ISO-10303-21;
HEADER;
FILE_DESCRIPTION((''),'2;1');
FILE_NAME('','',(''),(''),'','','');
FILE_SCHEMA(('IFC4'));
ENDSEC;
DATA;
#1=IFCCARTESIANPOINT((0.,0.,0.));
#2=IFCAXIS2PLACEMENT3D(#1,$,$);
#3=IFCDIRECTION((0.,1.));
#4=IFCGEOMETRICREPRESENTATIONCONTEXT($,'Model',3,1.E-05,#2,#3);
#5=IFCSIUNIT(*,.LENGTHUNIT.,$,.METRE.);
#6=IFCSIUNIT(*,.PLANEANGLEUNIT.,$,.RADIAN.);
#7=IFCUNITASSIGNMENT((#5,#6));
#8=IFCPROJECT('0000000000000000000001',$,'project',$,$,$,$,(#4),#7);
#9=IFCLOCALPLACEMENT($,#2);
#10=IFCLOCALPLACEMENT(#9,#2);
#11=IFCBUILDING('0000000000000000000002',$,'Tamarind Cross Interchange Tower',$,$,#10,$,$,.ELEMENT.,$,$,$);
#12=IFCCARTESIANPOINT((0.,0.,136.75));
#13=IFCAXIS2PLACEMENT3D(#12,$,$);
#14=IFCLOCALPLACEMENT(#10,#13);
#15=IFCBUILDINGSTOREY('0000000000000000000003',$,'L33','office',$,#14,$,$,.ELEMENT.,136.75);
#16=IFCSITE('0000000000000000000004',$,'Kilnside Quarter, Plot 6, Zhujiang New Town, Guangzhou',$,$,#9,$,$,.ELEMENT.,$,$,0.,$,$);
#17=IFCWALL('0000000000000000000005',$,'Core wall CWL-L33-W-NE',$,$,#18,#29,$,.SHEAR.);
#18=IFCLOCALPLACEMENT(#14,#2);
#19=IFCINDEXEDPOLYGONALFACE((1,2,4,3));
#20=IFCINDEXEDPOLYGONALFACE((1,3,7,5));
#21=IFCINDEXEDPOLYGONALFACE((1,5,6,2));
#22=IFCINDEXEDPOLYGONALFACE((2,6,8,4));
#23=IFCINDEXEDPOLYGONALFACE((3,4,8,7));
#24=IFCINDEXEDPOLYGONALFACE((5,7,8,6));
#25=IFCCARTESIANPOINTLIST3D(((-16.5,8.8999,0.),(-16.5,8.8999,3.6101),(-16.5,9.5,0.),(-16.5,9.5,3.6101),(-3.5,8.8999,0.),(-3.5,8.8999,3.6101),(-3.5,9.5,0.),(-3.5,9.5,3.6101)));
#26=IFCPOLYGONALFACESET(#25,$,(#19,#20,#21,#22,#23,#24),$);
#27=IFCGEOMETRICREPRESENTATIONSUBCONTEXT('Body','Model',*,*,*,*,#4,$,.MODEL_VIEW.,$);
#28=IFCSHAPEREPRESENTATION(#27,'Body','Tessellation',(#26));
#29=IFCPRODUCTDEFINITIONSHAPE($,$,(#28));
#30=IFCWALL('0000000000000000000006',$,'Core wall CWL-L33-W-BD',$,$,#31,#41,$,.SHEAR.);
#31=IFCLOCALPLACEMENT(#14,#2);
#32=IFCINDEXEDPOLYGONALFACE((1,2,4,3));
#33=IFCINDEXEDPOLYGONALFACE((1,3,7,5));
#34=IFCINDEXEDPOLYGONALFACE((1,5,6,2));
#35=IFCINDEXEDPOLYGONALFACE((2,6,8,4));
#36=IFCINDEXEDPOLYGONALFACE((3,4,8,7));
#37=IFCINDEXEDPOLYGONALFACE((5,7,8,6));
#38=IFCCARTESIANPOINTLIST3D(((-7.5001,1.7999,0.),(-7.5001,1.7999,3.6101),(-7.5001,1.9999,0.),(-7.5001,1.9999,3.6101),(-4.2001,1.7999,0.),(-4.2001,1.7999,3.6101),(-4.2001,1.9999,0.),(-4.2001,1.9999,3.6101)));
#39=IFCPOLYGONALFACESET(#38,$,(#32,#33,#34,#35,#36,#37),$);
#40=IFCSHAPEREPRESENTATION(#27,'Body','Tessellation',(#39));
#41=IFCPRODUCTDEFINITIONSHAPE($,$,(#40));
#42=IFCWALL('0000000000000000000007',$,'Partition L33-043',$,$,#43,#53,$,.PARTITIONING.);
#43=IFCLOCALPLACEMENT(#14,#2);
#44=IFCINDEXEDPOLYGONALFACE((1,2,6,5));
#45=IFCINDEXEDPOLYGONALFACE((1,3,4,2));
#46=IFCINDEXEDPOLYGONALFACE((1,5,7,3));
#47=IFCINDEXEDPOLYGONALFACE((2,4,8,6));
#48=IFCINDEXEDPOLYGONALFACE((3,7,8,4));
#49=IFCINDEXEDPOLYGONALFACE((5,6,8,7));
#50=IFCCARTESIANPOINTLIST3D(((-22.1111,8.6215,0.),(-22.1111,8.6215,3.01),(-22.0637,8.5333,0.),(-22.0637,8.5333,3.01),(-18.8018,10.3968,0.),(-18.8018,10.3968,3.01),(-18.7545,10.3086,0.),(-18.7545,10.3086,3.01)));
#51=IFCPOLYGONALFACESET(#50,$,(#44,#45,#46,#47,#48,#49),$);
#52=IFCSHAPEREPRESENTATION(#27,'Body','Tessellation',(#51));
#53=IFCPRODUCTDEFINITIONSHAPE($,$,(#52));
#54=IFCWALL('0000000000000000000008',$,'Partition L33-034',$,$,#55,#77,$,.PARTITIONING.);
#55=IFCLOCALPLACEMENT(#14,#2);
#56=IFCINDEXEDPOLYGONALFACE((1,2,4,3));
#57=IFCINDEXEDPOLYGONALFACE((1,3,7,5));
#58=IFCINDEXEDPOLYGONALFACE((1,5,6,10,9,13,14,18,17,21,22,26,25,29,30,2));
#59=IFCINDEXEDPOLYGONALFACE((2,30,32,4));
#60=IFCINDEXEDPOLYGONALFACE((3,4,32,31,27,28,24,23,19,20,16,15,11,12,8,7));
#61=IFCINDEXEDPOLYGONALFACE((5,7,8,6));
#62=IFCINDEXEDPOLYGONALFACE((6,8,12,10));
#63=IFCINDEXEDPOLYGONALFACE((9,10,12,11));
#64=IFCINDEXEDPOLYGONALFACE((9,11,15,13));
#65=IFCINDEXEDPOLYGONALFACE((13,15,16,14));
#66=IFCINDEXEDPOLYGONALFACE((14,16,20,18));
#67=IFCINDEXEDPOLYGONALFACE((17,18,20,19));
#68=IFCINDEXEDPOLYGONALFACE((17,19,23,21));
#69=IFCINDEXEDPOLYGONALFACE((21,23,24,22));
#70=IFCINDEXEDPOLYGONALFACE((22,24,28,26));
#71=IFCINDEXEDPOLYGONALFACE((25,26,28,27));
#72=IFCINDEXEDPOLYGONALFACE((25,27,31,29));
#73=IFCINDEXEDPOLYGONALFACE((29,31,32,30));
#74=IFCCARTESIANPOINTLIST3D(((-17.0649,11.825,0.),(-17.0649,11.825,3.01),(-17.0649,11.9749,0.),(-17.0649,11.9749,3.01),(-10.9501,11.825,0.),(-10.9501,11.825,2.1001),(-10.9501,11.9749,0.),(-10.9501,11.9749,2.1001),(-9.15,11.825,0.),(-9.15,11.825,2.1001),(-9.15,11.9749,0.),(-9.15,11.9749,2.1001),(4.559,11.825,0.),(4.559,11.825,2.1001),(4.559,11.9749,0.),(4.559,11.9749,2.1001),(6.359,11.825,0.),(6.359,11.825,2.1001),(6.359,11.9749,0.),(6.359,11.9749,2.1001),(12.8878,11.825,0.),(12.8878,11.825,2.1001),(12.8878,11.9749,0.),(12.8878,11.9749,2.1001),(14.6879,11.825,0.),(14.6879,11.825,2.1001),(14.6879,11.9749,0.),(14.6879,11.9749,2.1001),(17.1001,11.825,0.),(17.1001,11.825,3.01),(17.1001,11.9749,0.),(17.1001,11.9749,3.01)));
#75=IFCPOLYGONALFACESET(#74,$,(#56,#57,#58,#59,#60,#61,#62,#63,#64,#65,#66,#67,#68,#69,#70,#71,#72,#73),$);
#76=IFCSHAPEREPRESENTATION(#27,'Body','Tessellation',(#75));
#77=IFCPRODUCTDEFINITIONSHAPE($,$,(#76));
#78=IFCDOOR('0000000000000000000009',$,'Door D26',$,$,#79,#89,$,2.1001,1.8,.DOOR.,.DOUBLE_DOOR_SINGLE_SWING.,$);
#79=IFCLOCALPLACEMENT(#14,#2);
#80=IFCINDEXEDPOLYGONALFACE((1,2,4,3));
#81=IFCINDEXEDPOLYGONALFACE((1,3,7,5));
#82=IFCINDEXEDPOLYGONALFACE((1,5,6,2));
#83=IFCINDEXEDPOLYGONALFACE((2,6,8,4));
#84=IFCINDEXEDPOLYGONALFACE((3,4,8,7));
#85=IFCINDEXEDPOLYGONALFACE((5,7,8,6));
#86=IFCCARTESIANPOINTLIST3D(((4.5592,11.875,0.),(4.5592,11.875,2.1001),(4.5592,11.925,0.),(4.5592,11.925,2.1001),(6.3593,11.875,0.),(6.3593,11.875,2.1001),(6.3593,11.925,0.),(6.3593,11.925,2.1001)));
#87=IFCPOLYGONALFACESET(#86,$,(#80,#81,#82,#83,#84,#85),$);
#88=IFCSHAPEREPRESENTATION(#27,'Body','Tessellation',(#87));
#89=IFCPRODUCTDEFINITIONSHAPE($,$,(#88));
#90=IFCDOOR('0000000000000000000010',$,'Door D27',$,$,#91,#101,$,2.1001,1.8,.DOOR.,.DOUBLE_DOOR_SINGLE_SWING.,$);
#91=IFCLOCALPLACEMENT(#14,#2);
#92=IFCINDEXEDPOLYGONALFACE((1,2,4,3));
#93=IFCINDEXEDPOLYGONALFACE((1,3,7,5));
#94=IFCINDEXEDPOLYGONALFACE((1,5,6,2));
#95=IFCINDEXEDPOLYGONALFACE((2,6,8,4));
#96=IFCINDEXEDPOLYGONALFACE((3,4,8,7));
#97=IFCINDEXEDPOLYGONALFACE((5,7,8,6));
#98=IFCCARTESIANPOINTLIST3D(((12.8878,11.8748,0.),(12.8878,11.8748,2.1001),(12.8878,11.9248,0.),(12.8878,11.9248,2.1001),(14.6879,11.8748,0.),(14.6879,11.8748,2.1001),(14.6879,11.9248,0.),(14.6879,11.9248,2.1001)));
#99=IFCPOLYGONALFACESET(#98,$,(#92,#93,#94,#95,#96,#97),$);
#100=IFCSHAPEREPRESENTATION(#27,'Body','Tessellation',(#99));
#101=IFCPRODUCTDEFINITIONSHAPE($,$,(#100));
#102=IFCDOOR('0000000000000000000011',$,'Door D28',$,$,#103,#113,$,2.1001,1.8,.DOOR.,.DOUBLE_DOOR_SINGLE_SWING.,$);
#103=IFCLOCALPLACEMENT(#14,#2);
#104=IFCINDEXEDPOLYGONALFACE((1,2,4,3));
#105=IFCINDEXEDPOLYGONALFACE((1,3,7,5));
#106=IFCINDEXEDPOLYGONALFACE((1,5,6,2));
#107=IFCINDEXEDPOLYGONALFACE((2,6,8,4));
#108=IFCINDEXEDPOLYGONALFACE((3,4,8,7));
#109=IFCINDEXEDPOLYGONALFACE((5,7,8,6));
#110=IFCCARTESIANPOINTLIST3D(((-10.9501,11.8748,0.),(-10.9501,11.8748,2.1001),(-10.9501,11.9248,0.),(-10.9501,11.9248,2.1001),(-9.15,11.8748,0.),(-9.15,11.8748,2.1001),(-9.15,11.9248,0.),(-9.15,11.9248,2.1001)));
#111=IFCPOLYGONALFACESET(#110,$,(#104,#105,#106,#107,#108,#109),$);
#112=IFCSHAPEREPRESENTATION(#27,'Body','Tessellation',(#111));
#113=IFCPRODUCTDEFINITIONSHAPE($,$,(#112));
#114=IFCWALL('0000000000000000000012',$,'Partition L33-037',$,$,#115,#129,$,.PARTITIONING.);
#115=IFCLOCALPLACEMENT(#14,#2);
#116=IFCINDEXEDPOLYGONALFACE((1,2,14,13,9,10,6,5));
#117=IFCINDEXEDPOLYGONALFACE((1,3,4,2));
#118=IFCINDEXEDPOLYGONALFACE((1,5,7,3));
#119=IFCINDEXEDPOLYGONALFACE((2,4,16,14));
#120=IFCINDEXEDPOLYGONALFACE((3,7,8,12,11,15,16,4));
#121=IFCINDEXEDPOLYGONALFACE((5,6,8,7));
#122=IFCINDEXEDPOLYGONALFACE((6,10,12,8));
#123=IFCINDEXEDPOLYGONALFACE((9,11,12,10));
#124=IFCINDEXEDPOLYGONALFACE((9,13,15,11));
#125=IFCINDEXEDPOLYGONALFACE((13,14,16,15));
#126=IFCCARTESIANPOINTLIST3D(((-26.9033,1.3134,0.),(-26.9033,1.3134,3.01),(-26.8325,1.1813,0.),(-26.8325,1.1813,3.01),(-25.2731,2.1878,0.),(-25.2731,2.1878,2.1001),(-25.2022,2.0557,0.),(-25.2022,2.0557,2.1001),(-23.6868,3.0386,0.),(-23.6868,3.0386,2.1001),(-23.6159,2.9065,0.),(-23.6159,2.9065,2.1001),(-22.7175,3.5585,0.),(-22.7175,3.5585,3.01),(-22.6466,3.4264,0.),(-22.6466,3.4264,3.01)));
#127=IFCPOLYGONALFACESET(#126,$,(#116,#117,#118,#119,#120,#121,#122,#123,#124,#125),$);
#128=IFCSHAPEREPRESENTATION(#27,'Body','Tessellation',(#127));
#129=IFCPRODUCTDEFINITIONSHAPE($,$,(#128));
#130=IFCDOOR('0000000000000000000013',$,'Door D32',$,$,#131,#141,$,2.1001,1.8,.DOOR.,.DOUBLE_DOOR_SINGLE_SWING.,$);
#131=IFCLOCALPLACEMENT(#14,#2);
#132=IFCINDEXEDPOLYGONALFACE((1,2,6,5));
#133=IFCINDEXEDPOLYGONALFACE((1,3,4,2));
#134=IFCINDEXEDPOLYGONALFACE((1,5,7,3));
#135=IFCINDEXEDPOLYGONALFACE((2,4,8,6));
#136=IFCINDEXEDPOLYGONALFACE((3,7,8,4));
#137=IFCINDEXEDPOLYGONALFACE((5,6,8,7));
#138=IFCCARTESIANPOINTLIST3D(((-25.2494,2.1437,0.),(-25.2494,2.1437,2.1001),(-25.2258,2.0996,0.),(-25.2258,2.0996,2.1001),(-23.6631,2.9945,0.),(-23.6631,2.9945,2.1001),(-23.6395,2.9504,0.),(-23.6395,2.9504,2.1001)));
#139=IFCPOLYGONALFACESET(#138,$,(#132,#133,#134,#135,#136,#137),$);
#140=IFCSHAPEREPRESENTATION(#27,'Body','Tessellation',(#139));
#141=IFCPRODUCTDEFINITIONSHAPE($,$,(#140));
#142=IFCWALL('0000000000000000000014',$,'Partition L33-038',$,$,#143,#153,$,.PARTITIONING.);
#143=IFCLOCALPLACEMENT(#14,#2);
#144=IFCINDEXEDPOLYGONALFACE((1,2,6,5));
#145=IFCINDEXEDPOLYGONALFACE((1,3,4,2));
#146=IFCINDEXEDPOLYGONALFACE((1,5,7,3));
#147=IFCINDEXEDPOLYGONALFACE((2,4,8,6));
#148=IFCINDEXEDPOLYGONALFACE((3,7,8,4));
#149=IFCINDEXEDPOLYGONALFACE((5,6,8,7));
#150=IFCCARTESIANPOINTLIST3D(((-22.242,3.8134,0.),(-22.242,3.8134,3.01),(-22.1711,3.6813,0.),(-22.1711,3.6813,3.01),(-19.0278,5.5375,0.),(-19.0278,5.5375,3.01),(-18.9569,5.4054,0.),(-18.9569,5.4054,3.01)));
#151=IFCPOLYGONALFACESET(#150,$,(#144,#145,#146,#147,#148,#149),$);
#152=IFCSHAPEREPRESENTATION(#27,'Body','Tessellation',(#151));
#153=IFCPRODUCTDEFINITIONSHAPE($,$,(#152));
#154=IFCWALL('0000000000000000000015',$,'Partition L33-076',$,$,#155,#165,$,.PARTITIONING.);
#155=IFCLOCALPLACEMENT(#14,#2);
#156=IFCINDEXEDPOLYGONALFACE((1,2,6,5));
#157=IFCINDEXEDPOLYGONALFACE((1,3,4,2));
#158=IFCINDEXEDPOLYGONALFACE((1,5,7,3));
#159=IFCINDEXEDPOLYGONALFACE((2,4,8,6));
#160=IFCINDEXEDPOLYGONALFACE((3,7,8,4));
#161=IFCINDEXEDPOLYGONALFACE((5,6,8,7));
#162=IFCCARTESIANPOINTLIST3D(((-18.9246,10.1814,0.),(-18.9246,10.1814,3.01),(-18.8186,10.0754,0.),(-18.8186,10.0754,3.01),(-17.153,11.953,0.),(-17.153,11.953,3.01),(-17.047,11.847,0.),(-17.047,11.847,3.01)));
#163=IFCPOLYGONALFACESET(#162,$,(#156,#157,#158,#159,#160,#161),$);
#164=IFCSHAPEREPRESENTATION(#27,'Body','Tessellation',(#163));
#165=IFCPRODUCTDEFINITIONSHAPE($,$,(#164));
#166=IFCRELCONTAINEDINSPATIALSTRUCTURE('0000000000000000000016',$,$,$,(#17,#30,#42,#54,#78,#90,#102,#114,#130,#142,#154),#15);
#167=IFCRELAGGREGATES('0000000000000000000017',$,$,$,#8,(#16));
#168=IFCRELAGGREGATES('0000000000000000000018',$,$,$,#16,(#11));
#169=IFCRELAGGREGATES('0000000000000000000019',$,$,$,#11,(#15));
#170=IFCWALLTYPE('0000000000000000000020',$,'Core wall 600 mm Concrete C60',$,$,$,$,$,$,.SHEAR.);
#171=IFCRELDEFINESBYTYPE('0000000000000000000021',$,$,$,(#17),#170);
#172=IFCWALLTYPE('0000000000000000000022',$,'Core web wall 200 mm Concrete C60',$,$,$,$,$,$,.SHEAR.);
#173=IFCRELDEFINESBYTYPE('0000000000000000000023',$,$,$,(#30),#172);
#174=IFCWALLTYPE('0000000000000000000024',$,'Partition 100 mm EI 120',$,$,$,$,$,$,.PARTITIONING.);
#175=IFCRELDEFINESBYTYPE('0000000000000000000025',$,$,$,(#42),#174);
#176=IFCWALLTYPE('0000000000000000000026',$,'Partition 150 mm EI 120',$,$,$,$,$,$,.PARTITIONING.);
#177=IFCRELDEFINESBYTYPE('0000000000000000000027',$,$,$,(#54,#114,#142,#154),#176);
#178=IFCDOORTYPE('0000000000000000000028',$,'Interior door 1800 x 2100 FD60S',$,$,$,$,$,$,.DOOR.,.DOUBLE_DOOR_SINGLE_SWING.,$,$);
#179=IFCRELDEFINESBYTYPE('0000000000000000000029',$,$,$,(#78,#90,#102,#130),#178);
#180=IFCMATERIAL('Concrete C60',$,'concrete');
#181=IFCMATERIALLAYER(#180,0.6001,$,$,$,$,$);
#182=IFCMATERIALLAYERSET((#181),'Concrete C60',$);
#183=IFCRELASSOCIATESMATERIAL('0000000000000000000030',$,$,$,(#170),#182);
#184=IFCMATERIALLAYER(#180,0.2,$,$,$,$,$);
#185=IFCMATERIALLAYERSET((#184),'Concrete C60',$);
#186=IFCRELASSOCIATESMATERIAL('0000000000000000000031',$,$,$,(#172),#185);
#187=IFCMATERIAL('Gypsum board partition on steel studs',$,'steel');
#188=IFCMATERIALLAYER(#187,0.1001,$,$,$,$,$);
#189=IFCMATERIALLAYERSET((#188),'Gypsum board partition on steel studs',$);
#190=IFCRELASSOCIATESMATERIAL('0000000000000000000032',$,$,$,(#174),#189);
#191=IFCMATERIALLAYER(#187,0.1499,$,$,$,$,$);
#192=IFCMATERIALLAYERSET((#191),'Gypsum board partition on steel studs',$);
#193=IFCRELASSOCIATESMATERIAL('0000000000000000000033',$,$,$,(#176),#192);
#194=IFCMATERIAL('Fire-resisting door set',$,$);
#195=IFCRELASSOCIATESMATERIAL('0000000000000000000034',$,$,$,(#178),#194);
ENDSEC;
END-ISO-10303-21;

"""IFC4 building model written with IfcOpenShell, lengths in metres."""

from ifc_helpers import new_model, si_unit, direction, frame, frame_2d, origin, place, context, subcontext, project, spatial, rectangle, extrude, material, layer, layer_set, type_object, element, fill, save


model = new_model("IFC4")

# Units and contexts
model_context = context("Model", 3, precision=1e-05, world=origin(), true_north=direction((0.0, 1.0)))
body_context = subcontext(model_context, "Body", "Model", "MODEL_VIEW")
ifc_project = project(units=[si_unit("LENGTHUNIT", "METRE"), si_unit("PLANEANGLEUNIT", "RADIAN")], contexts=[model_context])

# Site, building, storey
site_placement = place(None, origin())
site = spatial("IfcSite", under=ifc_project, at=site_placement, Name="Kilnside Quarter, Plot 6, Zhujiang New Town, Guangzhou", CompositionType="ELEMENT", RefElevation=0.0)
building_placement = place(site_placement, origin())
building = spatial("IfcBuilding", under=site, at=building_placement, Name="Tamarind Cross Interchange Tower", CompositionType="ELEMENT")
storey_placement = place(building_placement, frame((0.0, 0.0, 136.75)))
storey = spatial("IfcBuildingStorey", under=building, at=storey_placement, Name="L33", Description="office", CompositionType="ELEMENT", Elevation=136.75)

# Shared definitions
ifc_material_1 = material(Name="Concrete C60", Category="concrete")

# Walls
ifc_layer_1 = layer(ifc_material_1, 0.6001)
ifc_layer_set_1 = layer_set([ifc_layer_1], Name="Concrete C60")
wall_type_1 = type_object("IfcWallType", Name="Core wall 600 mm Concrete C60", PredefinedType="SHEAR", material=ifc_layer_set_1)
wall_1_placement = place(storey_placement, frame((-16.5, 9.2, 0.0), z_axis=(0.0, 0.0, 1.0), x_axis=(1.0, 0.0, 0.0)))
element("IfcWall", 1, at=wall_1_placement, inside=storey, type_object=wall_type_1, Name="Core wall CWL-L33-W-NE", PredefinedType="SHEAR", context=body_context, shape_type="SweptSolid", body=[
    extrude(rectangle(XDim=13.0, YDim=0.6001, at=frame_2d((6.5, 0.0))), origin(), (0.0, 0.0, 1.0), 3.6101),
])
ifc_layer_2 = layer(ifc_material_1, 0.2)
ifc_layer_set_2 = layer_set([ifc_layer_2], Name="Concrete C60")
wall_type_2 = type_object("IfcWallType", Name="Core web wall 200 mm Concrete C60", PredefinedType="SHEAR", material=ifc_layer_set_2)
wall_2_placement = place(storey_placement, frame((-7.5, 1.8999, 0.0), z_axis=(0.0, 0.0, 1.0), x_axis=(1.0, 0.0, 0.0)))
element("IfcWall", 2, at=wall_2_placement, inside=storey, type_object=wall_type_2, Name="Core wall CWL-L33-W-BD", PredefinedType="SHEAR", context=body_context, shape_type="SweptSolid", body=[
    extrude(rectangle(XDim=3.3, YDim=0.2, at=frame_2d((1.6499, 0.0))), origin(), (0.0, 0.0, 1.0), 3.6101),
])
ifc_material_2 = material(Name="Gypsum board partition on steel studs", Category="steel")
ifc_layer_3 = layer(ifc_material_2, 0.1001)
ifc_layer_set_3 = layer_set([ifc_layer_3], Name="Gypsum board partition on steel studs")
wall_type_3 = type_object("IfcWallType", Name="Partition 100 mm EI 120", PredefinedType="PARTITIONING", material=ifc_layer_set_3)
wall_3_placement = place(storey_placement, frame((-22.0874, 8.5774, 0.0), z_axis=(0.0, 0.0, 1.0), x_axis=(0.881199, 0.472746, 0.0)))
element("IfcWall", 3, at=wall_3_placement, inside=storey, type_object=wall_type_3, Name="Partition L33-043", PredefinedType="PARTITIONING", context=body_context, shape_type="SweptSolid", body=[
    extrude(rectangle(XDim=3.7554, YDim=0.1001, at=frame_2d((1.8777, 0.0))), origin(), (0.0, 0.0, 1.0), 3.01),
])

# Wall, openings, doors
ifc_layer_4 = layer(ifc_material_2, 0.1499)
ifc_layer_set_4 = layer_set([ifc_layer_4], Name="Gypsum board partition on steel studs")
wall_type_4 = type_object("IfcWallType", Name="Partition 150 mm EI 120", PredefinedType="PARTITIONING", material=ifc_layer_set_4)
wall_4_placement = place(storey_placement, frame((-17.0649, 11.8999, 0.0), z_axis=(0.0, 0.0, 1.0), x_axis=(1.0, 0.0, 0.0)))
wall_4 = element("IfcWall", 4, at=wall_4_placement, inside=storey, type_object=wall_type_4, Name="Partition L33-034", PredefinedType="PARTITIONING", context=body_context, shape_type="SweptSolid", body=[
    extrude(rectangle(XDim=34.165, YDim=0.1499, at=frame_2d((17.0825, 0.0))), origin(), (0.0, 0.0, 1.0), 3.01),
])
opening_1_placement = place(wall_4_placement, frame((21.624, 0.0, 0.0)))
opening_1 = element("IfcOpeningElement", 5, at=opening_1_placement, cuts=wall_4, PredefinedType="OPENING", context=body_context, shape_type="SweptSolid", body=[
    extrude(rectangle(XDim=1.8, YDim=2.1001, at=frame_2d((0.8999, 1.05))), frame((0.0, 0.085, 0.0), z_axis=(0.0, -1.0, 0.0), x_axis=(1.0, 0.0, 0.0)), (0.0, 0.0, 1.0), 0.1699),
])
opening_2_placement = place(wall_4_placement, frame((29.9529, 0.0, 0.0)))
opening_2 = element("IfcOpeningElement", 6, at=opening_2_placement, cuts=wall_4, PredefinedType="OPENING", context=body_context, shape_type="SweptSolid", body=[
    extrude(rectangle(XDim=1.8, YDim=2.1001, at=frame_2d((0.8999, 1.05))), frame((0.0, 0.085, 0.0), z_axis=(0.0, -1.0, 0.0), x_axis=(1.0, 0.0, 0.0)), (0.0, 0.0, 1.0), 0.1699),
])
opening_3_placement = place(wall_4_placement, frame((6.115, 0.0, 0.0)))
opening_3 = element("IfcOpeningElement", 7, at=opening_3_placement, cuts=wall_4, PredefinedType="OPENING", context=body_context, shape_type="SweptSolid", body=[
    extrude(rectangle(XDim=1.8, YDim=2.1001, at=frame_2d((0.8999, 1.05))), frame((0.0, 0.085, 0.0), z_axis=(0.0, -1.0, 0.0), x_axis=(1.0, 0.0, 0.0)), (0.0, 0.0, 1.0), 0.1699),
])
ifc_material_3 = material(Name="Fire-resisting door set")
door_type_1 = type_object("IfcDoorType", Name="Interior door 1800 x 2100 FD60S", OperationType="DOUBLE_DOOR_SINGLE_SWING", PredefinedType="DOOR", material=ifc_material_3)
door_1_placement = place(opening_1_placement, frame((1.8, 0.0, 0.0), z_axis=(0.0, 0.0, 1.0), x_axis=(-1.0, 0.0, 0.0)))
door_1 = element("IfcDoor", 8, at=door_1_placement, inside=storey, type_object=door_type_1, Name="Door D26", OperationType="DOUBLE_DOOR_SINGLE_SWING", OverallHeight=2.1001, OverallWidth=1.8, PredefinedType="DOOR", context=body_context, shape_type="SweptSolid", body=[
    extrude(rectangle(XDim=1.8, YDim=2.1001, at=frame_2d((0.8999, 1.05))), frame((0.0, 0.0249, 0.0), z_axis=(0.0, -1.0, 0.0), x_axis=(1.0, 0.0, 0.0)), (0.0, 0.0, 1.0), 0.05),
])
fill(opening_1, door_1)
door_2_placement = place(opening_2_placement, origin())
door_2 = element("IfcDoor", 9, at=door_2_placement, inside=storey, type_object=door_type_1, Name="Door D27", OperationType="DOUBLE_DOOR_SINGLE_SWING", OverallHeight=2.1001, OverallWidth=1.8, PredefinedType="DOOR", context=body_context, shape_type="SweptSolid", body=[
    extrude(rectangle(XDim=1.8, YDim=2.1001, at=frame_2d((0.8999, 1.05))), frame((0.0, 0.0249, 0.0), z_axis=(0.0, -1.0, 0.0), x_axis=(1.0, 0.0, 0.0)), (0.0, 0.0, 1.0), 0.05),
])
fill(opening_2, door_2)
door_3_placement = place(opening_3_placement, origin())
door_3 = element("IfcDoor", 10, at=door_3_placement, inside=storey, type_object=door_type_1, Name="Door D28", OperationType="DOUBLE_DOOR_SINGLE_SWING", OverallHeight=2.1001, OverallWidth=1.8, PredefinedType="DOOR", context=body_context, shape_type="SweptSolid", body=[
    extrude(rectangle(XDim=1.8, YDim=2.1001, at=frame_2d((0.8999, 1.05))), frame((0.0, 0.0249, 0.0), z_axis=(0.0, -1.0, 0.0), x_axis=(1.0, 0.0, 0.0)), (0.0, 0.0, 1.0), 0.05),
])
fill(opening_3, door_3)

# Wall, opening, door
wall_5_placement = place(storey_placement, frame((-26.8679, 1.2473, 0.0), z_axis=(0.0, 0.0, 1.0), x_axis=(0.881241, 0.472668, 0.0)))
wall_5 = element("IfcWall", 11, at=wall_5_placement, inside=storey, type_object=wall_type_4, Name="Partition L33-037", PredefinedType="PARTITIONING", context=body_context, shape_type="SweptSolid", body=[
    extrude(rectangle(XDim=4.75, YDim=0.1499, at=frame_2d((2.375, 0.0))), origin(), (0.0, 0.0, 1.0), 3.01),
])
opening_4_placement = place(wall_5_placement, frame((1.8501, 0.0, 0.0)))
opening_4 = element("IfcOpeningElement", 12, at=opening_4_placement, cuts=wall_5, PredefinedType="OPENING", context=body_context, shape_type="SweptSolid", body=[
    extrude(rectangle(XDim=1.8, YDim=2.1001, at=frame_2d((0.8999, 1.05))), frame((0.0, 0.085, 0.0), z_axis=(0.0, -1.0, 0.0), x_axis=(1.0, 0.0, 0.0)), (0.0, 0.0, 1.0), 0.1699),
])
door_4_placement = place(opening_4_placement, origin())
door_4 = element("IfcDoor", 13, at=door_4_placement, inside=storey, type_object=door_type_1, Name="Door D32", OperationType="DOUBLE_DOOR_SINGLE_SWING", OverallHeight=2.1001, OverallWidth=1.8, PredefinedType="DOOR", context=body_context, shape_type="SweptSolid", body=[
    extrude(rectangle(XDim=1.8, YDim=2.1001, at=frame_2d((0.8999, 1.05))), frame((0.0, 0.0249, 0.0), z_axis=(0.0, -1.0, 0.0), x_axis=(1.0, 0.0, 0.0)), (0.0, 0.0, 1.0), 0.05),
])
fill(opening_4, door_4)

# Walls
wall_6_placement = place(storey_placement, frame((-22.2065, 3.7473, 0.0), z_axis=(0.0, 0.0, 1.0), x_axis=(0.88122, 0.472706, 0.0)))
element("IfcWall", 14, at=wall_6_placement, inside=storey, type_object=wall_type_4, Name="Partition L33-038", PredefinedType="PARTITIONING", context=body_context, shape_type="SweptSolid", body=[
    extrude(rectangle(XDim=3.6475, YDim=0.1499, at=frame_2d((1.8237, 0.0))), origin(), (0.0, 0.0, 1.0), 3.01),
])
wall_7_placement = place(storey_placement, frame((-18.8716, 10.1284, 0.0), z_axis=(0.0, 0.0, 1.0), x_axis=(0.707107, 0.707107, 0.0)))
element("IfcWall", 15, at=wall_7_placement, inside=storey, type_object=wall_type_4, Name="Partition L33-076", PredefinedType="PARTITIONING", context=body_context, shape_type="SweptSolid", body=[
    extrude(rectangle(XDim=2.5054, YDim=0.1499, at=frame_2d((1.2527, 0.0))), origin(), (0.0, 0.0, 1.0), 3.01),
])

save(model, "model.ifc")
